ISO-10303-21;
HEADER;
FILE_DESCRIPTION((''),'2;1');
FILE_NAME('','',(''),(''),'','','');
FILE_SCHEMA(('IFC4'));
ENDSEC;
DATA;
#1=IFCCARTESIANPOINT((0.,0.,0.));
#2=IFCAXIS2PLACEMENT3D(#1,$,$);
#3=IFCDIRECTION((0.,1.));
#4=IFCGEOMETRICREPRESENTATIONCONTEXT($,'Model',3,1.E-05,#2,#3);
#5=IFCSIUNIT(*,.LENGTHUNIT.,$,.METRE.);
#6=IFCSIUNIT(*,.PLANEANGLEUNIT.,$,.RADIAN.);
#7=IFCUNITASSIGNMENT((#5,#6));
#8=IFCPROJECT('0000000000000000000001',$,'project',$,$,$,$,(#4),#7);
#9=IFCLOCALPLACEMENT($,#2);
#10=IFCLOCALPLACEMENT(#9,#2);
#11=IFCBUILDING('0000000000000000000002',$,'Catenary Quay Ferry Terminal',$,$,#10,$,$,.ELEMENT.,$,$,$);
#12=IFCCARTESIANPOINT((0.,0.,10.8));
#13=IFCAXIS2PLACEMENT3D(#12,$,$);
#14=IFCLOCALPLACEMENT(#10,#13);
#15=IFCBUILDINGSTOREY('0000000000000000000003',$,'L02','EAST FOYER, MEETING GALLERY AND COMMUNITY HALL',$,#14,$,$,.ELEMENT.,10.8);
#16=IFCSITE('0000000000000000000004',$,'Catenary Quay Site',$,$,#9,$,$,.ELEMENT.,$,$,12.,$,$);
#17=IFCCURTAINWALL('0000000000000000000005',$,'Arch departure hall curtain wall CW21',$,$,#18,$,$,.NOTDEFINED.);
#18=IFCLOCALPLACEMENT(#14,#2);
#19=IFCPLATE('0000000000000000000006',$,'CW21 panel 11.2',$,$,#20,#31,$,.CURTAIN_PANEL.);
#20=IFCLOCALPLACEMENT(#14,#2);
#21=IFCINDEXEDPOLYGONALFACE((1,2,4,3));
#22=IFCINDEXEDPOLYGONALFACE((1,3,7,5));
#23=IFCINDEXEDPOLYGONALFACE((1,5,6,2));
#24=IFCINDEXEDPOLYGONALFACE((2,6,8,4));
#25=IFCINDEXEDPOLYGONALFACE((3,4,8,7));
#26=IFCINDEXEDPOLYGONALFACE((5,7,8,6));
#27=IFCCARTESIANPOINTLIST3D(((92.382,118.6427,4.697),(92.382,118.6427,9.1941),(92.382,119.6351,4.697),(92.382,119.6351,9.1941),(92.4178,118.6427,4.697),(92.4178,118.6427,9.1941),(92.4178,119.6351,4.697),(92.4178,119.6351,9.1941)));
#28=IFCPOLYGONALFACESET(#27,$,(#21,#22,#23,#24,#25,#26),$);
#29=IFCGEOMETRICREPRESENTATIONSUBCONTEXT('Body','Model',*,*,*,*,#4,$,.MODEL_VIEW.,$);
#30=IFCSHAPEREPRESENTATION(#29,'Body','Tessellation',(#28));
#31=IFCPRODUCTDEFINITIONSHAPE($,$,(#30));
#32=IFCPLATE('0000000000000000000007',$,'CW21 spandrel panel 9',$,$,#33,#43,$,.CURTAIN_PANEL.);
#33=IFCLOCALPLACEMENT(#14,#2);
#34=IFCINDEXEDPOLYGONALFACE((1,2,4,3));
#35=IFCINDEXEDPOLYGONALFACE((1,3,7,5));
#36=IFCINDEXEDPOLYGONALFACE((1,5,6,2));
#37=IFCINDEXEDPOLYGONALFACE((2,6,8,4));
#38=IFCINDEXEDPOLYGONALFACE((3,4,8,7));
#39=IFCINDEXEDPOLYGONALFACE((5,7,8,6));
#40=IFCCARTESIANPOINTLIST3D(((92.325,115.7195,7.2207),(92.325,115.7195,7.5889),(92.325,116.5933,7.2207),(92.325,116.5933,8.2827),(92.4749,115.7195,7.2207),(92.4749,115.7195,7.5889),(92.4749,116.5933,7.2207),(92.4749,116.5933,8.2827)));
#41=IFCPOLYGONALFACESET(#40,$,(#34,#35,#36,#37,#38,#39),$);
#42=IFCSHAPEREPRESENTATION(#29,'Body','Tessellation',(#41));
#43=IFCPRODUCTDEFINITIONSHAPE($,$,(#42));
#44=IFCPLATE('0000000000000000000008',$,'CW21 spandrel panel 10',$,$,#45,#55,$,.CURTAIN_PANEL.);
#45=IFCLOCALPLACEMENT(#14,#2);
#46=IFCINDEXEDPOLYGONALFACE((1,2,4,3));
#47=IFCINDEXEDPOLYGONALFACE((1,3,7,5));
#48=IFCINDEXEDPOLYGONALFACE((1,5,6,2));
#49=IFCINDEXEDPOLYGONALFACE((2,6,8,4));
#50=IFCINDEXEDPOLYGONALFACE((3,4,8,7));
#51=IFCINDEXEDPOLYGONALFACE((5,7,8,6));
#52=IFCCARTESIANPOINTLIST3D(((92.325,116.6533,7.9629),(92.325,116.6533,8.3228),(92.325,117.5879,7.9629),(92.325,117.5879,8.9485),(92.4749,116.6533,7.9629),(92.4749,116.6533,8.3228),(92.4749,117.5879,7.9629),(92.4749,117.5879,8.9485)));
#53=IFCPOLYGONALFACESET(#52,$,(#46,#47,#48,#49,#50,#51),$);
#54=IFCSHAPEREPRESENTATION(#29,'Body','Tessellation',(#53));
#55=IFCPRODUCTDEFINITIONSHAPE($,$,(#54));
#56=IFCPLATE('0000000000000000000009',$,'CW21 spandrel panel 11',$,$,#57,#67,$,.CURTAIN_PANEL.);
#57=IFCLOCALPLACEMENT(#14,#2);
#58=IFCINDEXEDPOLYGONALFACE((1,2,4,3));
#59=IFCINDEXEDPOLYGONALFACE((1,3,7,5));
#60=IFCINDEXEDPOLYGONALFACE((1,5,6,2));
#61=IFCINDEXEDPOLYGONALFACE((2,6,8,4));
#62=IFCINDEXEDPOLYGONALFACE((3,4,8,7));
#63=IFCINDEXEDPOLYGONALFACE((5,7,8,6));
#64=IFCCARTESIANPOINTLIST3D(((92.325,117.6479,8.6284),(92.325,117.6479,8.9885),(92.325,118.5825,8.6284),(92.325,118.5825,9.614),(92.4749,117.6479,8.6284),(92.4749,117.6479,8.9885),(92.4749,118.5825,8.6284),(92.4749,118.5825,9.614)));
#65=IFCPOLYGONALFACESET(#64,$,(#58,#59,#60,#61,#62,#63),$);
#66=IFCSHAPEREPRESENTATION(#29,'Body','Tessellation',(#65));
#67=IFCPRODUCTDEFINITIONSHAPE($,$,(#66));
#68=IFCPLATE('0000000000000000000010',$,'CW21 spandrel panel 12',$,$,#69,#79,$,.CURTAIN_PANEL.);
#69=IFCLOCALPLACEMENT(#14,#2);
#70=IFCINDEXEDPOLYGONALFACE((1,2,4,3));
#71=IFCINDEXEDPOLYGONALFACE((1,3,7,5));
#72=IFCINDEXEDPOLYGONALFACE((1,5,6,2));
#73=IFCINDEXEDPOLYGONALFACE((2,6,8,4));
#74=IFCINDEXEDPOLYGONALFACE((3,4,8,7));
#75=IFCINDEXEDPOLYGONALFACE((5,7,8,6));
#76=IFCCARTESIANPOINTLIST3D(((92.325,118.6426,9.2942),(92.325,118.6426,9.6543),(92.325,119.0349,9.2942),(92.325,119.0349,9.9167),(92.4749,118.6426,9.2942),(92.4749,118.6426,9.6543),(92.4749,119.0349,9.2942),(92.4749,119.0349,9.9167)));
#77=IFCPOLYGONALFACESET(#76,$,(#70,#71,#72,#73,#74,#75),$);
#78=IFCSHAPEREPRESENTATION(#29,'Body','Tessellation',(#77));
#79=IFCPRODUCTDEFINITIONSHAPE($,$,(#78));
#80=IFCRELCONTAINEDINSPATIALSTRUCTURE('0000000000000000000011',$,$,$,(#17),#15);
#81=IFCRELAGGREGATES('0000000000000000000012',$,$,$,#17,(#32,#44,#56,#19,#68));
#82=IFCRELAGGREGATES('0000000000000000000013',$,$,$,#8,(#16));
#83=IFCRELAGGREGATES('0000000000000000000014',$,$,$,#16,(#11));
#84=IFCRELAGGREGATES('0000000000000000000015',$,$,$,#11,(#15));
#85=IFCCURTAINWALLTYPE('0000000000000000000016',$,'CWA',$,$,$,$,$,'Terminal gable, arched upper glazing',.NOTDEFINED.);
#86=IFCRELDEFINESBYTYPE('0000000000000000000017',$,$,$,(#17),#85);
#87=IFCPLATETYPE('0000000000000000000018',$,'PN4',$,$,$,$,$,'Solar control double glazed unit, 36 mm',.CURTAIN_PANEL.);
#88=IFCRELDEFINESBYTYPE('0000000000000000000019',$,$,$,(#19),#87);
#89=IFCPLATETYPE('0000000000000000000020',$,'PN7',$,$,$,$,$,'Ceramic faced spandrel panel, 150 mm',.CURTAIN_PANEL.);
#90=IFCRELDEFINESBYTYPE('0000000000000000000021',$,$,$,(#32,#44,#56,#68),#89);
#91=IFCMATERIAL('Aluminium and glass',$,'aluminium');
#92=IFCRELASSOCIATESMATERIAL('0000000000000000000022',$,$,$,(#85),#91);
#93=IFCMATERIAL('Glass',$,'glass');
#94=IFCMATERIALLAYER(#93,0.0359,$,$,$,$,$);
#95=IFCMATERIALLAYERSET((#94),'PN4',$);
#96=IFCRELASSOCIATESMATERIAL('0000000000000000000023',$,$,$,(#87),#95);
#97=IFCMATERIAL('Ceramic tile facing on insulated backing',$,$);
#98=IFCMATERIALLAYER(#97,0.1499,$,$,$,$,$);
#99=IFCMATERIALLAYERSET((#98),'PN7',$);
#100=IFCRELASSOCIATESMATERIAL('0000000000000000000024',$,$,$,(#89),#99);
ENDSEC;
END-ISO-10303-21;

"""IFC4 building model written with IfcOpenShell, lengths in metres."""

from ifc_helpers import new_model, si_unit, direction, frame, origin, origin_2d, place, context, subcontext, project, spatial, polyline, rectangle, outline, extrude, material, layer, layer_set, type_object, element, aggregate, save


model = new_model("IFC4")

# Units and contexts
model_context = context("Model", 3, precision=1e-05, world=origin(), true_north=direction((0.0, 1.0)))
body_context = subcontext(model_context, "Body", "Model", "MODEL_VIEW")
ifc_project = project(units=[si_unit("LENGTHUNIT", "METRE"), si_unit("PLANEANGLEUNIT", "RADIAN")], contexts=[model_context])

# Site, building, storey
site_placement = place(None, origin())
site = spatial("IfcSite", under=ifc_project, at=site_placement, Name="Catenary Quay Site", CompositionType="ELEMENT", RefElevation=12.0)
building_placement = place(site_placement, origin())
building = spatial("IfcBuilding", under=site, at=building_placement, Name="Catenary Quay Ferry Terminal", CompositionType="ELEMENT")
storey_placement = place(building_placement, frame((0.0, 0.0, 10.8)))
storey = spatial("IfcBuildingStorey", under=building, at=storey_placement, Name="L02", Description="EAST FOYER, MEETING GALLERY AND COMMUNITY HALL", CompositionType="ELEMENT", Elevation=10.8)

# Curtain wall, plates
ifc_material_1 = material(Name="Aluminium and glass", Category="aluminium")
curtain_wall_type = type_object("IfcCurtainWallType", Name="CWA", ElementType="Terminal gable, arched upper glazing", PredefinedType="NOTDEFINED", material=ifc_material_1)
curtain_wall_placement = place(storey_placement, origin())
curtain_wall = element("IfcCurtainWall", 1, at=curtain_wall_placement, inside=storey, type_object=curtain_wall_type, Name="Arch departure hall curtain wall CW21", PredefinedType="NOTDEFINED")
ifc_material_2 = material(Name="Glass", Category="glass")
ifc_layer_1 = layer(ifc_material_2, 0.0359)
ifc_layer_set_1 = layer_set([ifc_layer_1], Name="PN4")
plate_type_1 = type_object("IfcPlateType", Name="PN4", ElementType="Solar control double glazed unit, 36 mm", PredefinedType="CURTAIN_PANEL", material=ifc_layer_set_1)
plate_1_placement = place(storey_placement, frame((92.3999, 119.1389, 4.697), z_axis=(0.0, 0.0, 1.0), x_axis=(0.0, 1.0, 0.0)))
plate_1 = element("IfcPlate", 2, at=plate_1_placement, type_object=plate_type_1, Name="CW21 panel 11.2", PredefinedType="CURTAIN_PANEL", context=body_context, shape_type="SweptSolid", body=[
    extrude(rectangle(XDim=0.9924, YDim=0.0359, at=origin_2d()), origin(), (0.0, 0.0, 1.0), 4.4971),
])
ifc_material_3 = material(Name="Ceramic tile facing on insulated backing")
ifc_layer_2 = layer(ifc_material_3, 0.1499)
ifc_layer_set_2 = layer_set([ifc_layer_2], Name="PN7")
plate_type_2 = type_object("IfcPlateType", Name="PN7", ElementType="Ceramic faced spandrel panel, 150 mm", PredefinedType="CURTAIN_PANEL", material=ifc_layer_set_2)
plate_2_placement = place(storey_placement, frame((92.3999, 115.7195, 7.2207), z_axis=(0.0, 0.0, 1.0), x_axis=(0.0, 1.0, 0.0)))
plate_2 = element("IfcPlate", 3, at=plate_2_placement, type_object=plate_type_2, Name="CW21 spandrel panel 9", PredefinedType="CURTAIN_PANEL", context=body_context, shape_type="SweptSolid", body=[
    extrude(outline(polyline([(0.0, 0.0), (0.8738, 0.0), (0.8738, 1.062), (0.0, 0.3682), (0.0, 0.0)])), frame((0.0, 0.075, 0.0), z_axis=(0.0, -1.0, 0.0), x_axis=(1.0, 0.0, 0.0)), (0.0, 0.0, 1.0), 0.1499),
])
plate_3_placement = place(storey_placement, frame((92.3999, 116.6533, 7.9629), z_axis=(0.0, 0.0, 1.0), x_axis=(0.0, 1.0, 0.0)))
plate_3 = element("IfcPlate", 4, at=plate_3_placement, type_object=plate_type_2, Name="CW21 spandrel panel 10", PredefinedType="CURTAIN_PANEL", context=body_context, shape_type="SweptSolid", body=[
    extrude(outline(polyline([(0.0, 0.0), (0.9346, 0.0), (0.9346, 0.9856), (0.0, 0.3599), (0.0, 0.0)])), frame((0.0, 0.075, 0.0), z_axis=(0.0, -1.0, 0.0), x_axis=(1.0, 0.0, 0.0)), (0.0, 0.0, 1.0), 0.1499),
])
plate_4_placement = place(storey_placement, frame((92.3999, 117.6479, 8.6284), z_axis=(0.0, 0.0, 1.0), x_axis=(0.0, 1.0, 0.0)))
plate_4 = element("IfcPlate", 5, at=plate_4_placement, type_object=plate_type_2, Name="CW21 spandrel panel 11", PredefinedType="CURTAIN_PANEL", context=body_context, shape_type="SweptSolid", body=[
    extrude(outline(polyline([(0.0, 0.0), (0.9346, 0.0), (0.9346, 0.9856), (0.0, 0.3601), (0.0, 0.0)])), frame((0.0, 0.075, 0.0), z_axis=(0.0, -1.0, 0.0), x_axis=(1.0, 0.0, 0.0)), (0.0, 0.0, 1.0), 0.1499),
])
plate_5_placement = place(storey_placement, frame((92.3999, 118.6426, 9.2942), z_axis=(0.0, 0.0, 1.0), x_axis=(0.0, 1.0, 0.0)))
plate_5 = element("IfcPlate", 6, at=plate_5_placement, type_object=plate_type_2, Name="CW21 spandrel panel 12", PredefinedType="CURTAIN_PANEL", context=body_context, shape_type="SweptSolid", body=[
    extrude(outline(polyline([(0.0, 0.0), (0.3923, 0.0), (0.3923, 0.6226), (0.0, 0.3601), (0.0, 0.0)])), frame((0.0, 0.075, 0.0), z_axis=(0.0, -1.0, 0.0), x_axis=(1.0, 0.0, 0.0)), (0.0, 0.0, 1.0), 0.1499),
])
aggregate(curtain_wall, [plate_2, plate_3, plate_4, plate_1, plate_5])

save(model, "model.ifc")
